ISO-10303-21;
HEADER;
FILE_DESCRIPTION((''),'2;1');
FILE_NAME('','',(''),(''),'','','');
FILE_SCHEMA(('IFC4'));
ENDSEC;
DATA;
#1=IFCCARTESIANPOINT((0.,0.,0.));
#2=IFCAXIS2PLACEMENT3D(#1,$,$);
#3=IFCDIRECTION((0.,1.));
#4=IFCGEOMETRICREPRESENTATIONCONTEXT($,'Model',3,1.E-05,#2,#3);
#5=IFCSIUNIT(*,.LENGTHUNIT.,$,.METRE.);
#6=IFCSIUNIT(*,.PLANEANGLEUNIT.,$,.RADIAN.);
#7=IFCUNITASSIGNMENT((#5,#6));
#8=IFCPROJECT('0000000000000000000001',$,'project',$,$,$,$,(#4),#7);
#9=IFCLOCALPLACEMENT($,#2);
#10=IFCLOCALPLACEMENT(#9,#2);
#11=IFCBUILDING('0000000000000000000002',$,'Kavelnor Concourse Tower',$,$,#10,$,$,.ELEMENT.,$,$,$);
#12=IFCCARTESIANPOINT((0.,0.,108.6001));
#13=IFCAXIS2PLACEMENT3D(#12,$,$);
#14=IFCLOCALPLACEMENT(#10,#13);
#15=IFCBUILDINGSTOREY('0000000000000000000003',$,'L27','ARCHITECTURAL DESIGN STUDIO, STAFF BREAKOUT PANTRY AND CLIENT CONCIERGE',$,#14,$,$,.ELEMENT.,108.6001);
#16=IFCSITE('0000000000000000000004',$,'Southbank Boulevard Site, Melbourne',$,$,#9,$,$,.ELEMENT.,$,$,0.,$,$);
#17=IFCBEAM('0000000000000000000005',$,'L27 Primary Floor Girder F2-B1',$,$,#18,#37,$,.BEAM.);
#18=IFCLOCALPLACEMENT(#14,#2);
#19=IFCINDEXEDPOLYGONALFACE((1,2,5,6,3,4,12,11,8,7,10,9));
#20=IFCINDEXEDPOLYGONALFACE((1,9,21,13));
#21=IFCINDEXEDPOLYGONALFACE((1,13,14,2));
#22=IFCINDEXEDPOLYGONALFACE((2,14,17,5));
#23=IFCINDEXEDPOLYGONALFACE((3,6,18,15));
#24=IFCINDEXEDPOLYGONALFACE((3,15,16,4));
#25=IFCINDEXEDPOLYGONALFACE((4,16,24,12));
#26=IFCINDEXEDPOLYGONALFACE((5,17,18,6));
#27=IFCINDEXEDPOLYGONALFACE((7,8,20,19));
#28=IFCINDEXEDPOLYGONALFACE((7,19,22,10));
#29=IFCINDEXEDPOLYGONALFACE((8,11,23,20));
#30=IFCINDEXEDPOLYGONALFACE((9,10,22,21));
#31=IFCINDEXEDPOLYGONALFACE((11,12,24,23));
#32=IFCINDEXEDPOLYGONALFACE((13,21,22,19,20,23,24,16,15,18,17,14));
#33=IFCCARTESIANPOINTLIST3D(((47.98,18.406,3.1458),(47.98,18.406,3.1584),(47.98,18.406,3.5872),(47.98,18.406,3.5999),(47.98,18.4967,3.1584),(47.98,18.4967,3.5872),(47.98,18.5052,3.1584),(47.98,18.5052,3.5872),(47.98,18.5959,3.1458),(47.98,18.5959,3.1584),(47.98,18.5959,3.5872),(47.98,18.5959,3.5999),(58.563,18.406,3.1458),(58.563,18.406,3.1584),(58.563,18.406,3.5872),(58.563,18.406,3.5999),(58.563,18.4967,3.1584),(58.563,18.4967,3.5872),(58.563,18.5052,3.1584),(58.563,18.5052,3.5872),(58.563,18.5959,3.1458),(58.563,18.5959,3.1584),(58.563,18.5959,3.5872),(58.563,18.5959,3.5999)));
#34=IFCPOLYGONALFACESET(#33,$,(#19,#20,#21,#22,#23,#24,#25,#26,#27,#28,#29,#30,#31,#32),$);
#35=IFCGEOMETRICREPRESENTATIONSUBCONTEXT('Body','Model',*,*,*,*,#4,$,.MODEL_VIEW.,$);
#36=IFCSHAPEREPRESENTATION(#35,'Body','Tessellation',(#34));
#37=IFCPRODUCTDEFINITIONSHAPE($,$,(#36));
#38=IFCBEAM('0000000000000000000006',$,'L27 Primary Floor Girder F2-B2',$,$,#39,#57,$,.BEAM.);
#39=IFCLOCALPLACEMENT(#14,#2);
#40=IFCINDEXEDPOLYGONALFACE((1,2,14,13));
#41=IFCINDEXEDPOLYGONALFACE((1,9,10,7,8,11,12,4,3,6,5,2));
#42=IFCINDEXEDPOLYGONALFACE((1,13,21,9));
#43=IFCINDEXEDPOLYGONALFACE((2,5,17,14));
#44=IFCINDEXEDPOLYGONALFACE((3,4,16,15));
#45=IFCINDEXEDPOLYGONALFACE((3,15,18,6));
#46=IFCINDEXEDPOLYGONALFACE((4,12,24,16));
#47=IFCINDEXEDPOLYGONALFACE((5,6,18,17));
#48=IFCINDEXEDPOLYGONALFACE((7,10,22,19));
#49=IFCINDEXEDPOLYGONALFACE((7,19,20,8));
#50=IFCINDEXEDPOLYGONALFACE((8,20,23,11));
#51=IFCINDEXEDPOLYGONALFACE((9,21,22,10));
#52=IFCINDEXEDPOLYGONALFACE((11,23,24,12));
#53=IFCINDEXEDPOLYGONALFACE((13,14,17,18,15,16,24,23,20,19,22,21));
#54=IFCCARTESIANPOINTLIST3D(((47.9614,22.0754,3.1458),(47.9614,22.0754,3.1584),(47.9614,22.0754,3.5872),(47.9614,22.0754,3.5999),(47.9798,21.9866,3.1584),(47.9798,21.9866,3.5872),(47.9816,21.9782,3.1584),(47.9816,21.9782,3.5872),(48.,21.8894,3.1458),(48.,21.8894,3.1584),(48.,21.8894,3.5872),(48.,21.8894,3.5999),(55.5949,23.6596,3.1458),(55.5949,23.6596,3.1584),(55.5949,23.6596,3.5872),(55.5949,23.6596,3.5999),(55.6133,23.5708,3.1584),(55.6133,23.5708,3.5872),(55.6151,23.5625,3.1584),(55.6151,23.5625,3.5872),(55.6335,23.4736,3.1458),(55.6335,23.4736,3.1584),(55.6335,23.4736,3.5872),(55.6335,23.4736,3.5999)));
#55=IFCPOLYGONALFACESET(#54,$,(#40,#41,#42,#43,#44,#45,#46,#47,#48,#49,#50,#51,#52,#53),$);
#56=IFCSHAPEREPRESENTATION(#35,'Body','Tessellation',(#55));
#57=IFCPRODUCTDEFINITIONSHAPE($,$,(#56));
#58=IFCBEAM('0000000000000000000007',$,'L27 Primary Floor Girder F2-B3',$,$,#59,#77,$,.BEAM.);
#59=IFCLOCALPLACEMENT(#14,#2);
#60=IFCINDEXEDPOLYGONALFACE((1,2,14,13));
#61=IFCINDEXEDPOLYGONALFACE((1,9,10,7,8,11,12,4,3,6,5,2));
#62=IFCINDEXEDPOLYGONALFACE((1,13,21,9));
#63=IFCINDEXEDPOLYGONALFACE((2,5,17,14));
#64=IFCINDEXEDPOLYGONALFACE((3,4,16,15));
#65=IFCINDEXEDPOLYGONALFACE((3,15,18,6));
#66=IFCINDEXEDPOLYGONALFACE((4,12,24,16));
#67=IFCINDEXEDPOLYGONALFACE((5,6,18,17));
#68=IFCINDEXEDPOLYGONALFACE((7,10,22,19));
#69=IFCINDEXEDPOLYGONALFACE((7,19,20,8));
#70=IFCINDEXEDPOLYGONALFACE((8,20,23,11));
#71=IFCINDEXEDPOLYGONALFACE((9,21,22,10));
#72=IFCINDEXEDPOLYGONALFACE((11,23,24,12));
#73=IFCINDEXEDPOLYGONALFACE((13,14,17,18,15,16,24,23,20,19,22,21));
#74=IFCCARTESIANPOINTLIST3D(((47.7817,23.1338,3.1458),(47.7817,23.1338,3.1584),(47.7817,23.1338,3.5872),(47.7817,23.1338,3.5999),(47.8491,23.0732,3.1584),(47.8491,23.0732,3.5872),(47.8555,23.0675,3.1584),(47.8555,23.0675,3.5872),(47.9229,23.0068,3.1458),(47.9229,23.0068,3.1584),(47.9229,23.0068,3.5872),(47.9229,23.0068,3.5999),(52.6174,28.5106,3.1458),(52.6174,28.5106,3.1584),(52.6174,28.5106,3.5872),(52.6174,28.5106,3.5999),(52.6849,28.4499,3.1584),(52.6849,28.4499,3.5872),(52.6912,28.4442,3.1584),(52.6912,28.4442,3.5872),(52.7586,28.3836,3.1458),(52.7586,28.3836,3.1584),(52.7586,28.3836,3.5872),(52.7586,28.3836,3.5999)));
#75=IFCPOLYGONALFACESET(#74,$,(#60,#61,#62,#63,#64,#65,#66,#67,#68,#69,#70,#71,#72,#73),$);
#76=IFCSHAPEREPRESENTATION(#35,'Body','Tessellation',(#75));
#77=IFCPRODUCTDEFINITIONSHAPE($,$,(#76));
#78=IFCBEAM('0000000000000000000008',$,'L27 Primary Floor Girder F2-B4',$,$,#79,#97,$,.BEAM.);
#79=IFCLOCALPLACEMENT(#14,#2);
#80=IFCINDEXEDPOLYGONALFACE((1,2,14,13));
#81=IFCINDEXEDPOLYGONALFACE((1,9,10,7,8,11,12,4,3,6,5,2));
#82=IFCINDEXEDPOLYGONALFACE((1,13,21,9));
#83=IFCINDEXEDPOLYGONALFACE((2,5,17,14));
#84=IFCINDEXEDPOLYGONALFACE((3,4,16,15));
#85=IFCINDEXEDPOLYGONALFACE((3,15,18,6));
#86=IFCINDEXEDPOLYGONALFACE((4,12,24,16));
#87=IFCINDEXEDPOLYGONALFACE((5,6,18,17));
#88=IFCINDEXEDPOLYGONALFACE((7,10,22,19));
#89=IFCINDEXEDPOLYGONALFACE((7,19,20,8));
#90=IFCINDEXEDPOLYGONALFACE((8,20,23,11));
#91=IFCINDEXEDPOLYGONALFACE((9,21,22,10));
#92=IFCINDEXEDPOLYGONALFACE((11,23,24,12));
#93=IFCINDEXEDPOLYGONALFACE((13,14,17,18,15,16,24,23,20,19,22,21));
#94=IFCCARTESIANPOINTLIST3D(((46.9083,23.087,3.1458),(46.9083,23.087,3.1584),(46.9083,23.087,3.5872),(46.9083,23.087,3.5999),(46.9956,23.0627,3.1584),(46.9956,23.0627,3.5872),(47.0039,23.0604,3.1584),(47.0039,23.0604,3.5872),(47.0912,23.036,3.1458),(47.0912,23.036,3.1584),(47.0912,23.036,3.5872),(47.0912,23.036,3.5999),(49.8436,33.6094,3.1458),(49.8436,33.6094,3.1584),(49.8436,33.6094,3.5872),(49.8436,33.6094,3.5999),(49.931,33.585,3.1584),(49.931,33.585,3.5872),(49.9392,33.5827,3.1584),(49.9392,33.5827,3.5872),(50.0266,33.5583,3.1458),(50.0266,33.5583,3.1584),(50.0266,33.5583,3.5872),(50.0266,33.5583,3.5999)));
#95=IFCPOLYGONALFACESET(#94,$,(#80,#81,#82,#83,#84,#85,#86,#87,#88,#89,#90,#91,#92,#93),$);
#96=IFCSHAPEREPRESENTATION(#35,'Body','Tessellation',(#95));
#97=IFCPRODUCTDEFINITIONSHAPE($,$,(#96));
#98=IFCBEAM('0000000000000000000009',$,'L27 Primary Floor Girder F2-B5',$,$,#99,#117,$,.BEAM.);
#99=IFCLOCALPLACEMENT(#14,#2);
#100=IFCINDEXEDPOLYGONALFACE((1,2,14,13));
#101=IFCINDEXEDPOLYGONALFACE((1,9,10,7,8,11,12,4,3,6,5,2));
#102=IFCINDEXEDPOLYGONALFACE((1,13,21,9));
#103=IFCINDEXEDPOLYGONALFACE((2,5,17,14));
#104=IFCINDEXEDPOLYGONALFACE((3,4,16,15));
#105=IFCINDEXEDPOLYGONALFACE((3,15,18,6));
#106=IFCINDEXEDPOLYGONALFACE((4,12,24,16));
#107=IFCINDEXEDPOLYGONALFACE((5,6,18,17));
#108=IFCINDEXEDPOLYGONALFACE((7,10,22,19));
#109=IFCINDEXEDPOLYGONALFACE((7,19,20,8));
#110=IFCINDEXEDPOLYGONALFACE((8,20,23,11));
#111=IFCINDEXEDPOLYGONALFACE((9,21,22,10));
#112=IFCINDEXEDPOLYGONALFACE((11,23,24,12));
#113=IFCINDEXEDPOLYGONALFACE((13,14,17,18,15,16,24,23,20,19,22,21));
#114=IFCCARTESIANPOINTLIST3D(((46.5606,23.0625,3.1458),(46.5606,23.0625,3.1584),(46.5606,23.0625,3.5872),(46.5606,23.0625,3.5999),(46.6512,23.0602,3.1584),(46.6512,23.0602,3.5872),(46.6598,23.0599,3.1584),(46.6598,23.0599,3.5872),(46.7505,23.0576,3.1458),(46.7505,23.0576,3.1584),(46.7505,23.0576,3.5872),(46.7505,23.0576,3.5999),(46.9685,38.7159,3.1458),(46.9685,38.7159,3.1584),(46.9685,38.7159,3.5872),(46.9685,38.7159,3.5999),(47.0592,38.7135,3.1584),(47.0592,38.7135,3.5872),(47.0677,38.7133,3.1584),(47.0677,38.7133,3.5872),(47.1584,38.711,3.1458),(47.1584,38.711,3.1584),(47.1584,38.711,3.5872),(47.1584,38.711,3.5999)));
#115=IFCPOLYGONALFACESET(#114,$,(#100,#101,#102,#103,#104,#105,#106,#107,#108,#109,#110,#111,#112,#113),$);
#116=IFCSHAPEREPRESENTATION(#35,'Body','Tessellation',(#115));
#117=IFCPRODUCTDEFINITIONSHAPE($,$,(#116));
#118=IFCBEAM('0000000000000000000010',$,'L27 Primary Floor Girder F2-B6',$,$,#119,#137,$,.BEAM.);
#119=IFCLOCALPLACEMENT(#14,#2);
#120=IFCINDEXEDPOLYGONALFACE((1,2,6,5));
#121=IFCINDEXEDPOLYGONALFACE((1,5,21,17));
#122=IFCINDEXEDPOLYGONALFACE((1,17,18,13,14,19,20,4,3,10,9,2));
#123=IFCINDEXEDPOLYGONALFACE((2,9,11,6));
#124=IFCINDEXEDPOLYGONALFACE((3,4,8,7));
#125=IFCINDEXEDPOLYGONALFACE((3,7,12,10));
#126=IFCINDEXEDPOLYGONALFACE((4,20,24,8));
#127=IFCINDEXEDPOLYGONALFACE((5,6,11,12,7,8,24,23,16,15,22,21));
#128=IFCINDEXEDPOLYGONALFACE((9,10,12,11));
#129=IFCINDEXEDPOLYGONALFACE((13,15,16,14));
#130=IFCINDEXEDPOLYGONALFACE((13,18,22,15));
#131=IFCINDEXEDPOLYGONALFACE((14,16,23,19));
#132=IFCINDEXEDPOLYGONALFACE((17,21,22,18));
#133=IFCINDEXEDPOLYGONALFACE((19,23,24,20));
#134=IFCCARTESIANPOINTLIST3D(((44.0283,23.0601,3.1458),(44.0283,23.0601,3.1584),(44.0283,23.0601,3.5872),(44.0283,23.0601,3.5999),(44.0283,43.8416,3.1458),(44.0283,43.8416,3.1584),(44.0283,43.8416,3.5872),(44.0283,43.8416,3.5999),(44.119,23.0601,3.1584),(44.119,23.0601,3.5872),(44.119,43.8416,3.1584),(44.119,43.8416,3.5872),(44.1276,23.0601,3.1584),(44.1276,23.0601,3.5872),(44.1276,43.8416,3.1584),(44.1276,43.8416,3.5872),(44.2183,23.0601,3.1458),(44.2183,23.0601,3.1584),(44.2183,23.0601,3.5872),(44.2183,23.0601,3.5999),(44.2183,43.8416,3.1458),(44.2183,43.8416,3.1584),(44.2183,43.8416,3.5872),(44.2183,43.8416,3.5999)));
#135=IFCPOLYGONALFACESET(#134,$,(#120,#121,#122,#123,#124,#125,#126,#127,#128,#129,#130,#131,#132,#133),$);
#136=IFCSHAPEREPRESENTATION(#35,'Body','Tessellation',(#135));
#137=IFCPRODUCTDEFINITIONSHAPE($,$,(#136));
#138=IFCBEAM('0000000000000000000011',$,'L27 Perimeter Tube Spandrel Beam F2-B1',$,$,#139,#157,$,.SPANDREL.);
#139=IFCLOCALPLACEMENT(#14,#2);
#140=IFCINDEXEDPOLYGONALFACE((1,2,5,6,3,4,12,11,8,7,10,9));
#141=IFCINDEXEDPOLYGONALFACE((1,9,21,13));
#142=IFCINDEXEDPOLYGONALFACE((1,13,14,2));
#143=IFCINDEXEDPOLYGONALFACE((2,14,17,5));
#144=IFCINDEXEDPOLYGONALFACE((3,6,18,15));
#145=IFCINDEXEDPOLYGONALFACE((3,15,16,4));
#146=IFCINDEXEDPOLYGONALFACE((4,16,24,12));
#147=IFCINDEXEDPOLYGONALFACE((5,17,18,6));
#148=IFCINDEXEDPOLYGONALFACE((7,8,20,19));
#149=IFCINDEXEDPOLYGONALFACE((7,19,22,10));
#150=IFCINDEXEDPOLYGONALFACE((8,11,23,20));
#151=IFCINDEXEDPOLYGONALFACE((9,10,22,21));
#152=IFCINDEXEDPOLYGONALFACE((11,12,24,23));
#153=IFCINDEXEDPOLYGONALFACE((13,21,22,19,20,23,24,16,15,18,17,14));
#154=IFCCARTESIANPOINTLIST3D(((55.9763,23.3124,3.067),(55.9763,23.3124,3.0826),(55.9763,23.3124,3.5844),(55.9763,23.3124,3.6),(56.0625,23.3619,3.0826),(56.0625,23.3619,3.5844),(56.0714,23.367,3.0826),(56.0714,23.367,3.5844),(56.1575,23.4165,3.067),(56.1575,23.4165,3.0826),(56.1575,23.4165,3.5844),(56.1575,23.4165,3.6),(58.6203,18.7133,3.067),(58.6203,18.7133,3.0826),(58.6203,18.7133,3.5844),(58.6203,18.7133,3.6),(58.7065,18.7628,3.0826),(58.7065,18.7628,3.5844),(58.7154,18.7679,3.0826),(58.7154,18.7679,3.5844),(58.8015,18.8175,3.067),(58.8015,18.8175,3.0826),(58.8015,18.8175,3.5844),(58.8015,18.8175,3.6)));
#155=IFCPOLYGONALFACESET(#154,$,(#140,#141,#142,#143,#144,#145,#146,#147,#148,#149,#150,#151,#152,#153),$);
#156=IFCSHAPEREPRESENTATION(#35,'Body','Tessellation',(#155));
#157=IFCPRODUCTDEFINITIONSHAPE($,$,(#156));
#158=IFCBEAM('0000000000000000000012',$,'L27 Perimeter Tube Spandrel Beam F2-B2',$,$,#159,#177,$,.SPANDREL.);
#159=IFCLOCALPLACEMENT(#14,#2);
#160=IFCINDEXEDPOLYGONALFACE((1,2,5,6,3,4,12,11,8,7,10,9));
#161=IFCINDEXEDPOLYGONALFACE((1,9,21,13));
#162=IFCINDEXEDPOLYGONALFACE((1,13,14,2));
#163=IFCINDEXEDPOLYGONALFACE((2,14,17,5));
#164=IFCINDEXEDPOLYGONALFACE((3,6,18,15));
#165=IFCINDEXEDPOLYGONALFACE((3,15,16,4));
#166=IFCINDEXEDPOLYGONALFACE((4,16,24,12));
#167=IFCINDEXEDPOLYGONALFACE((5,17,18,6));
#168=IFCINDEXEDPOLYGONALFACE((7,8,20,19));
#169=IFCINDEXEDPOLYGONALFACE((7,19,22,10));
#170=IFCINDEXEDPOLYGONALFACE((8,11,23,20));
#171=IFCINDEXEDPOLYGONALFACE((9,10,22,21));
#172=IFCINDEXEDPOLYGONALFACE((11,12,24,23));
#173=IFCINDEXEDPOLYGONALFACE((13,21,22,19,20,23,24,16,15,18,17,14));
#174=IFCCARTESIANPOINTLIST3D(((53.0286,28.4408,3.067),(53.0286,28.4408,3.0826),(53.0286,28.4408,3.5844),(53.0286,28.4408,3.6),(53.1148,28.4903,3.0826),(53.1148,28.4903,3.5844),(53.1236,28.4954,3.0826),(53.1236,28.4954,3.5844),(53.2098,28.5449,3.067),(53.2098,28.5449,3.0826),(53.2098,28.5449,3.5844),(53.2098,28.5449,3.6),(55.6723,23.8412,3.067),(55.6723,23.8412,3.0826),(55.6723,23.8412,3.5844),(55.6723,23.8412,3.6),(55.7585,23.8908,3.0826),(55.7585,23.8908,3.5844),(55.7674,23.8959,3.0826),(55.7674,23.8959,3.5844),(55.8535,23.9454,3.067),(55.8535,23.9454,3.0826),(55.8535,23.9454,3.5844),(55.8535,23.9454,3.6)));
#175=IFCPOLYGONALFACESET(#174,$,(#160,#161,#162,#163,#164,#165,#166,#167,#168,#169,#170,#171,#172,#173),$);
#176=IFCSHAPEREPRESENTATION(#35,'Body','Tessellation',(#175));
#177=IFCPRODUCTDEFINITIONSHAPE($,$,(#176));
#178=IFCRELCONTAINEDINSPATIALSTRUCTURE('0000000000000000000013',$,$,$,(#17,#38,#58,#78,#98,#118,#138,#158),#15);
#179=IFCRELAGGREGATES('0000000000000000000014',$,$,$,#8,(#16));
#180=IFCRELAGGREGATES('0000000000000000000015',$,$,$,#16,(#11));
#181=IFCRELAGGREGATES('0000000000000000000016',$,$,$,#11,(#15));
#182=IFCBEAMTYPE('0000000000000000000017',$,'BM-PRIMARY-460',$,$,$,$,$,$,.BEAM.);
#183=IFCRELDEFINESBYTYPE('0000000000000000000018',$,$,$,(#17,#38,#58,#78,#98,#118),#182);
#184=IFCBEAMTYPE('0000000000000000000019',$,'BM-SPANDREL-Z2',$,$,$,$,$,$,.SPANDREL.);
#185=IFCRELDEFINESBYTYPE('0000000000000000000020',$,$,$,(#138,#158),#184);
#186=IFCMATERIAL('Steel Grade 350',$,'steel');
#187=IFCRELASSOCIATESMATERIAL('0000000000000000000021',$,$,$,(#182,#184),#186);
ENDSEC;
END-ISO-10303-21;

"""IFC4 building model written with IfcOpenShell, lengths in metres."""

from ifc_helpers import new_model, si_unit, direction, frame, origin, origin_2d, place, context, subcontext, project, spatial, i_section, extrude, material, material_profile, profile_set, type_object, element, save


model = new_model("IFC4")

# Units and contexts
model_context = context("Model", 3, precision=1e-05, world=origin(), true_north=direction((0.0, 1.0)))
body_context = subcontext(model_context, "Body", "Model", "MODEL_VIEW")
ifc_project = project(units=[si_unit("LENGTHUNIT", "METRE"), si_unit("PLANEANGLEUNIT", "RADIAN")], contexts=[model_context])

# Site, building, storey
site_placement = place(None, origin())
site = spatial("IfcSite", under=ifc_project, at=site_placement, Name="Southbank Boulevard Site, Melbourne", CompositionType="ELEMENT", RefElevation=0.0)
building_placement = place(site_placement, origin())
building = spatial("IfcBuilding", under=site, at=building_placement, Name="Kavelnor Concourse Tower", CompositionType="ELEMENT")
storey_placement = place(building_placement, frame((0.0, 0.0, 108.6001)))
storey = spatial("IfcBuildingStorey", under=building, at=storey_placement, Name="L27", Description="ARCHITECTURAL DESIGN STUDIO, STAFF BREAKOUT PANTRY AND CLIENT CONCIERGE", CompositionType="ELEMENT", Elevation=108.6001)

# Shared definitions
ifc_material_1 = material(Name="Steel Grade 350", Category="steel")

# Beams
ifc_material_profile_1 = material_profile(ifc_material_1, i_section(OverallWidth=0.1899, OverallDepth=0.4541, WebThickness=0.0085, FlangeThickness=0.0127, at=origin_2d()), Name="460UB67")
ifc_profile_set_1 = profile_set([ifc_material_profile_1], Name="Steel Grade 350")
beam_type_1 = type_object("IfcBeamType", Name="BM-PRIMARY-460", PredefinedType="BEAM", material=ifc_profile_set_1)
beam_1_placement = place(storey_placement, frame((47.98, 18.501, 3.3728), z_axis=(1.0, 0.0, 0.0), x_axis=(0.0, 1.0, 0.0)))
element("IfcBeam", 1, at=beam_1_placement, inside=storey, type_object=beam_type_1, Name="L27 Primary Floor Girder F2-B1", PredefinedType="BEAM", context=body_context, shape_type="SweptSolid", body=[
    extrude(i_section(OverallWidth=0.1899, OverallDepth=0.4541, WebThickness=0.0085, FlangeThickness=0.0127, at=origin_2d()), origin(), (0.0, 0.0, 1.0), 10.583),
])
beam_2_placement = place(storey_placement, frame((47.9807, 21.9824, 3.3728), z_axis=(0.979136, 0.203205, 0.0), x_axis=(-0.203205, 0.979136, 0.0)))
element("IfcBeam", 2, at=beam_2_placement, inside=storey, type_object=beam_type_1, Name="L27 Primary Floor Girder F2-B2", PredefinedType="BEAM", context=body_context, shape_type="SweptSolid", body=[
    extrude(i_section(OverallWidth=0.1899, OverallDepth=0.4541, WebThickness=0.0085, FlangeThickness=0.0127, at=origin_2d()), origin(), (0.0, 0.0, 1.0), 7.7961),
])
beam_3_placement = place(storey_placement, frame((47.8523, 23.0703, 3.3728), z_axis=(0.668709, 0.743524, 0.0), x_axis=(-0.743524, 0.668709, 0.0)))
element("IfcBeam", 3, at=beam_3_placement, inside=storey, type_object=beam_type_1, Name="L27 Primary Floor Girder F2-B3", PredefinedType="BEAM", context=body_context, shape_type="SweptSolid", body=[
    extrude(i_section(OverallWidth=0.1899, OverallDepth=0.4541, WebThickness=0.0085, FlangeThickness=0.0127, at=origin_2d()), origin(), (0.0, 0.0, 1.0), 7.2314),
])
beam_4_placement = place(storey_placement, frame((46.9998, 23.0615, 3.3728), z_axis=(0.268703, 0.963223, 0.0), x_axis=(-0.963223, 0.268703, 0.0)))
element("IfcBeam", 4, at=beam_4_placement, inside=storey, type_object=beam_type_1, Name="L27 Primary Floor Girder F2-B4", PredefinedType="BEAM", context=body_context, shape_type="SweptSolid", body=[
    extrude(i_section(OverallWidth=0.1899, OverallDepth=0.4541, WebThickness=0.0085, FlangeThickness=0.0127, at=origin_2d()), origin(), (0.0, 0.0, 1.0), 10.9241),
])
beam_5_placement = place(storey_placement, frame((46.6555, 23.0601, 3.3728), z_axis=(0.026053, 0.999661, 0.0), x_axis=(-0.999661, 0.026053, 0.0)))
element("IfcBeam", 5, at=beam_5_placement, inside=storey, type_object=beam_type_1, Name="L27 Primary Floor Girder F2-B5", PredefinedType="BEAM", context=body_context, shape_type="SweptSolid", body=[
    extrude(i_section(OverallWidth=0.1899, OverallDepth=0.4541, WebThickness=0.0085, FlangeThickness=0.0127, at=origin_2d()), origin(), (0.0, 0.0, 1.0), 15.6587),
])
beam_6_placement = place(storey_placement, frame((44.1233, 23.0601, 3.3728), z_axis=(0.0, 1.0, 0.0), x_axis=(-1.0, 0.0, 0.0)))
element("IfcBeam", 6, at=beam_6_placement, inside=storey, type_object=beam_type_1, Name="L27 Primary Floor Girder F2-B6", PredefinedType="BEAM", context=body_context, shape_type="SweptSolid", body=[
    extrude(i_section(OverallWidth=0.1899, OverallDepth=0.4541, WebThickness=0.0085, FlangeThickness=0.0127, at=origin_2d()), origin(), (0.0, 0.0, 1.0), 20.7815),
])
ifc_material_profile_2 = material_profile(ifc_material_1, i_section(OverallWidth=0.209, OverallDepth=0.533, WebThickness=0.0103, FlangeThickness=0.0156, at=origin_2d()), Name="530UB92")
ifc_profile_set_2 = profile_set([ifc_material_profile_2], Name="Steel Grade 350")
beam_type_2 = type_object("IfcBeamType", Name="BM-SPANDREL-Z2", PredefinedType="SPANDREL", material=ifc_profile_set_2)
beam_7_placement = place(storey_placement, frame((58.7109, 18.7654, 3.3335), z_axis=(-0.498407, 0.866943, 0.0), x_axis=(-0.866943, -0.498407, 0.0)))
element("IfcBeam", 7, at=beam_7_placement, inside=storey, type_object=beam_type_2, Name="L27 Perimeter Tube Spandrel Beam F2-B1", PredefinedType="SPANDREL", context=body_context, shape_type="SweptSolid", body=[
    extrude(i_section(OverallWidth=0.209, OverallDepth=0.533, WebThickness=0.0103, FlangeThickness=0.0156, at=origin_2d()), origin(), (0.0, 0.0, 1.0), 5.3049),
])
beam_8_placement = place(storey_placement, frame((55.7629, 23.8933, 3.3335), z_axis=(-0.498333, 0.866986, 0.0), x_axis=(-0.866986, -0.498333, 0.0)))
element("IfcBeam", 8, at=beam_8_placement, inside=storey, type_object=beam_type_2, Name="L27 Perimeter Tube Spandrel Beam F2-B2", PredefinedType="SPANDREL", context=body_context, shape_type="SweptSolid", body=[
    extrude(i_section(OverallWidth=0.209, OverallDepth=0.533, WebThickness=0.0103, FlangeThickness=0.0156, at=origin_2d()), origin(), (0.0, 0.0, 1.0), 5.3052),
])

save(model, "model.ifc")
